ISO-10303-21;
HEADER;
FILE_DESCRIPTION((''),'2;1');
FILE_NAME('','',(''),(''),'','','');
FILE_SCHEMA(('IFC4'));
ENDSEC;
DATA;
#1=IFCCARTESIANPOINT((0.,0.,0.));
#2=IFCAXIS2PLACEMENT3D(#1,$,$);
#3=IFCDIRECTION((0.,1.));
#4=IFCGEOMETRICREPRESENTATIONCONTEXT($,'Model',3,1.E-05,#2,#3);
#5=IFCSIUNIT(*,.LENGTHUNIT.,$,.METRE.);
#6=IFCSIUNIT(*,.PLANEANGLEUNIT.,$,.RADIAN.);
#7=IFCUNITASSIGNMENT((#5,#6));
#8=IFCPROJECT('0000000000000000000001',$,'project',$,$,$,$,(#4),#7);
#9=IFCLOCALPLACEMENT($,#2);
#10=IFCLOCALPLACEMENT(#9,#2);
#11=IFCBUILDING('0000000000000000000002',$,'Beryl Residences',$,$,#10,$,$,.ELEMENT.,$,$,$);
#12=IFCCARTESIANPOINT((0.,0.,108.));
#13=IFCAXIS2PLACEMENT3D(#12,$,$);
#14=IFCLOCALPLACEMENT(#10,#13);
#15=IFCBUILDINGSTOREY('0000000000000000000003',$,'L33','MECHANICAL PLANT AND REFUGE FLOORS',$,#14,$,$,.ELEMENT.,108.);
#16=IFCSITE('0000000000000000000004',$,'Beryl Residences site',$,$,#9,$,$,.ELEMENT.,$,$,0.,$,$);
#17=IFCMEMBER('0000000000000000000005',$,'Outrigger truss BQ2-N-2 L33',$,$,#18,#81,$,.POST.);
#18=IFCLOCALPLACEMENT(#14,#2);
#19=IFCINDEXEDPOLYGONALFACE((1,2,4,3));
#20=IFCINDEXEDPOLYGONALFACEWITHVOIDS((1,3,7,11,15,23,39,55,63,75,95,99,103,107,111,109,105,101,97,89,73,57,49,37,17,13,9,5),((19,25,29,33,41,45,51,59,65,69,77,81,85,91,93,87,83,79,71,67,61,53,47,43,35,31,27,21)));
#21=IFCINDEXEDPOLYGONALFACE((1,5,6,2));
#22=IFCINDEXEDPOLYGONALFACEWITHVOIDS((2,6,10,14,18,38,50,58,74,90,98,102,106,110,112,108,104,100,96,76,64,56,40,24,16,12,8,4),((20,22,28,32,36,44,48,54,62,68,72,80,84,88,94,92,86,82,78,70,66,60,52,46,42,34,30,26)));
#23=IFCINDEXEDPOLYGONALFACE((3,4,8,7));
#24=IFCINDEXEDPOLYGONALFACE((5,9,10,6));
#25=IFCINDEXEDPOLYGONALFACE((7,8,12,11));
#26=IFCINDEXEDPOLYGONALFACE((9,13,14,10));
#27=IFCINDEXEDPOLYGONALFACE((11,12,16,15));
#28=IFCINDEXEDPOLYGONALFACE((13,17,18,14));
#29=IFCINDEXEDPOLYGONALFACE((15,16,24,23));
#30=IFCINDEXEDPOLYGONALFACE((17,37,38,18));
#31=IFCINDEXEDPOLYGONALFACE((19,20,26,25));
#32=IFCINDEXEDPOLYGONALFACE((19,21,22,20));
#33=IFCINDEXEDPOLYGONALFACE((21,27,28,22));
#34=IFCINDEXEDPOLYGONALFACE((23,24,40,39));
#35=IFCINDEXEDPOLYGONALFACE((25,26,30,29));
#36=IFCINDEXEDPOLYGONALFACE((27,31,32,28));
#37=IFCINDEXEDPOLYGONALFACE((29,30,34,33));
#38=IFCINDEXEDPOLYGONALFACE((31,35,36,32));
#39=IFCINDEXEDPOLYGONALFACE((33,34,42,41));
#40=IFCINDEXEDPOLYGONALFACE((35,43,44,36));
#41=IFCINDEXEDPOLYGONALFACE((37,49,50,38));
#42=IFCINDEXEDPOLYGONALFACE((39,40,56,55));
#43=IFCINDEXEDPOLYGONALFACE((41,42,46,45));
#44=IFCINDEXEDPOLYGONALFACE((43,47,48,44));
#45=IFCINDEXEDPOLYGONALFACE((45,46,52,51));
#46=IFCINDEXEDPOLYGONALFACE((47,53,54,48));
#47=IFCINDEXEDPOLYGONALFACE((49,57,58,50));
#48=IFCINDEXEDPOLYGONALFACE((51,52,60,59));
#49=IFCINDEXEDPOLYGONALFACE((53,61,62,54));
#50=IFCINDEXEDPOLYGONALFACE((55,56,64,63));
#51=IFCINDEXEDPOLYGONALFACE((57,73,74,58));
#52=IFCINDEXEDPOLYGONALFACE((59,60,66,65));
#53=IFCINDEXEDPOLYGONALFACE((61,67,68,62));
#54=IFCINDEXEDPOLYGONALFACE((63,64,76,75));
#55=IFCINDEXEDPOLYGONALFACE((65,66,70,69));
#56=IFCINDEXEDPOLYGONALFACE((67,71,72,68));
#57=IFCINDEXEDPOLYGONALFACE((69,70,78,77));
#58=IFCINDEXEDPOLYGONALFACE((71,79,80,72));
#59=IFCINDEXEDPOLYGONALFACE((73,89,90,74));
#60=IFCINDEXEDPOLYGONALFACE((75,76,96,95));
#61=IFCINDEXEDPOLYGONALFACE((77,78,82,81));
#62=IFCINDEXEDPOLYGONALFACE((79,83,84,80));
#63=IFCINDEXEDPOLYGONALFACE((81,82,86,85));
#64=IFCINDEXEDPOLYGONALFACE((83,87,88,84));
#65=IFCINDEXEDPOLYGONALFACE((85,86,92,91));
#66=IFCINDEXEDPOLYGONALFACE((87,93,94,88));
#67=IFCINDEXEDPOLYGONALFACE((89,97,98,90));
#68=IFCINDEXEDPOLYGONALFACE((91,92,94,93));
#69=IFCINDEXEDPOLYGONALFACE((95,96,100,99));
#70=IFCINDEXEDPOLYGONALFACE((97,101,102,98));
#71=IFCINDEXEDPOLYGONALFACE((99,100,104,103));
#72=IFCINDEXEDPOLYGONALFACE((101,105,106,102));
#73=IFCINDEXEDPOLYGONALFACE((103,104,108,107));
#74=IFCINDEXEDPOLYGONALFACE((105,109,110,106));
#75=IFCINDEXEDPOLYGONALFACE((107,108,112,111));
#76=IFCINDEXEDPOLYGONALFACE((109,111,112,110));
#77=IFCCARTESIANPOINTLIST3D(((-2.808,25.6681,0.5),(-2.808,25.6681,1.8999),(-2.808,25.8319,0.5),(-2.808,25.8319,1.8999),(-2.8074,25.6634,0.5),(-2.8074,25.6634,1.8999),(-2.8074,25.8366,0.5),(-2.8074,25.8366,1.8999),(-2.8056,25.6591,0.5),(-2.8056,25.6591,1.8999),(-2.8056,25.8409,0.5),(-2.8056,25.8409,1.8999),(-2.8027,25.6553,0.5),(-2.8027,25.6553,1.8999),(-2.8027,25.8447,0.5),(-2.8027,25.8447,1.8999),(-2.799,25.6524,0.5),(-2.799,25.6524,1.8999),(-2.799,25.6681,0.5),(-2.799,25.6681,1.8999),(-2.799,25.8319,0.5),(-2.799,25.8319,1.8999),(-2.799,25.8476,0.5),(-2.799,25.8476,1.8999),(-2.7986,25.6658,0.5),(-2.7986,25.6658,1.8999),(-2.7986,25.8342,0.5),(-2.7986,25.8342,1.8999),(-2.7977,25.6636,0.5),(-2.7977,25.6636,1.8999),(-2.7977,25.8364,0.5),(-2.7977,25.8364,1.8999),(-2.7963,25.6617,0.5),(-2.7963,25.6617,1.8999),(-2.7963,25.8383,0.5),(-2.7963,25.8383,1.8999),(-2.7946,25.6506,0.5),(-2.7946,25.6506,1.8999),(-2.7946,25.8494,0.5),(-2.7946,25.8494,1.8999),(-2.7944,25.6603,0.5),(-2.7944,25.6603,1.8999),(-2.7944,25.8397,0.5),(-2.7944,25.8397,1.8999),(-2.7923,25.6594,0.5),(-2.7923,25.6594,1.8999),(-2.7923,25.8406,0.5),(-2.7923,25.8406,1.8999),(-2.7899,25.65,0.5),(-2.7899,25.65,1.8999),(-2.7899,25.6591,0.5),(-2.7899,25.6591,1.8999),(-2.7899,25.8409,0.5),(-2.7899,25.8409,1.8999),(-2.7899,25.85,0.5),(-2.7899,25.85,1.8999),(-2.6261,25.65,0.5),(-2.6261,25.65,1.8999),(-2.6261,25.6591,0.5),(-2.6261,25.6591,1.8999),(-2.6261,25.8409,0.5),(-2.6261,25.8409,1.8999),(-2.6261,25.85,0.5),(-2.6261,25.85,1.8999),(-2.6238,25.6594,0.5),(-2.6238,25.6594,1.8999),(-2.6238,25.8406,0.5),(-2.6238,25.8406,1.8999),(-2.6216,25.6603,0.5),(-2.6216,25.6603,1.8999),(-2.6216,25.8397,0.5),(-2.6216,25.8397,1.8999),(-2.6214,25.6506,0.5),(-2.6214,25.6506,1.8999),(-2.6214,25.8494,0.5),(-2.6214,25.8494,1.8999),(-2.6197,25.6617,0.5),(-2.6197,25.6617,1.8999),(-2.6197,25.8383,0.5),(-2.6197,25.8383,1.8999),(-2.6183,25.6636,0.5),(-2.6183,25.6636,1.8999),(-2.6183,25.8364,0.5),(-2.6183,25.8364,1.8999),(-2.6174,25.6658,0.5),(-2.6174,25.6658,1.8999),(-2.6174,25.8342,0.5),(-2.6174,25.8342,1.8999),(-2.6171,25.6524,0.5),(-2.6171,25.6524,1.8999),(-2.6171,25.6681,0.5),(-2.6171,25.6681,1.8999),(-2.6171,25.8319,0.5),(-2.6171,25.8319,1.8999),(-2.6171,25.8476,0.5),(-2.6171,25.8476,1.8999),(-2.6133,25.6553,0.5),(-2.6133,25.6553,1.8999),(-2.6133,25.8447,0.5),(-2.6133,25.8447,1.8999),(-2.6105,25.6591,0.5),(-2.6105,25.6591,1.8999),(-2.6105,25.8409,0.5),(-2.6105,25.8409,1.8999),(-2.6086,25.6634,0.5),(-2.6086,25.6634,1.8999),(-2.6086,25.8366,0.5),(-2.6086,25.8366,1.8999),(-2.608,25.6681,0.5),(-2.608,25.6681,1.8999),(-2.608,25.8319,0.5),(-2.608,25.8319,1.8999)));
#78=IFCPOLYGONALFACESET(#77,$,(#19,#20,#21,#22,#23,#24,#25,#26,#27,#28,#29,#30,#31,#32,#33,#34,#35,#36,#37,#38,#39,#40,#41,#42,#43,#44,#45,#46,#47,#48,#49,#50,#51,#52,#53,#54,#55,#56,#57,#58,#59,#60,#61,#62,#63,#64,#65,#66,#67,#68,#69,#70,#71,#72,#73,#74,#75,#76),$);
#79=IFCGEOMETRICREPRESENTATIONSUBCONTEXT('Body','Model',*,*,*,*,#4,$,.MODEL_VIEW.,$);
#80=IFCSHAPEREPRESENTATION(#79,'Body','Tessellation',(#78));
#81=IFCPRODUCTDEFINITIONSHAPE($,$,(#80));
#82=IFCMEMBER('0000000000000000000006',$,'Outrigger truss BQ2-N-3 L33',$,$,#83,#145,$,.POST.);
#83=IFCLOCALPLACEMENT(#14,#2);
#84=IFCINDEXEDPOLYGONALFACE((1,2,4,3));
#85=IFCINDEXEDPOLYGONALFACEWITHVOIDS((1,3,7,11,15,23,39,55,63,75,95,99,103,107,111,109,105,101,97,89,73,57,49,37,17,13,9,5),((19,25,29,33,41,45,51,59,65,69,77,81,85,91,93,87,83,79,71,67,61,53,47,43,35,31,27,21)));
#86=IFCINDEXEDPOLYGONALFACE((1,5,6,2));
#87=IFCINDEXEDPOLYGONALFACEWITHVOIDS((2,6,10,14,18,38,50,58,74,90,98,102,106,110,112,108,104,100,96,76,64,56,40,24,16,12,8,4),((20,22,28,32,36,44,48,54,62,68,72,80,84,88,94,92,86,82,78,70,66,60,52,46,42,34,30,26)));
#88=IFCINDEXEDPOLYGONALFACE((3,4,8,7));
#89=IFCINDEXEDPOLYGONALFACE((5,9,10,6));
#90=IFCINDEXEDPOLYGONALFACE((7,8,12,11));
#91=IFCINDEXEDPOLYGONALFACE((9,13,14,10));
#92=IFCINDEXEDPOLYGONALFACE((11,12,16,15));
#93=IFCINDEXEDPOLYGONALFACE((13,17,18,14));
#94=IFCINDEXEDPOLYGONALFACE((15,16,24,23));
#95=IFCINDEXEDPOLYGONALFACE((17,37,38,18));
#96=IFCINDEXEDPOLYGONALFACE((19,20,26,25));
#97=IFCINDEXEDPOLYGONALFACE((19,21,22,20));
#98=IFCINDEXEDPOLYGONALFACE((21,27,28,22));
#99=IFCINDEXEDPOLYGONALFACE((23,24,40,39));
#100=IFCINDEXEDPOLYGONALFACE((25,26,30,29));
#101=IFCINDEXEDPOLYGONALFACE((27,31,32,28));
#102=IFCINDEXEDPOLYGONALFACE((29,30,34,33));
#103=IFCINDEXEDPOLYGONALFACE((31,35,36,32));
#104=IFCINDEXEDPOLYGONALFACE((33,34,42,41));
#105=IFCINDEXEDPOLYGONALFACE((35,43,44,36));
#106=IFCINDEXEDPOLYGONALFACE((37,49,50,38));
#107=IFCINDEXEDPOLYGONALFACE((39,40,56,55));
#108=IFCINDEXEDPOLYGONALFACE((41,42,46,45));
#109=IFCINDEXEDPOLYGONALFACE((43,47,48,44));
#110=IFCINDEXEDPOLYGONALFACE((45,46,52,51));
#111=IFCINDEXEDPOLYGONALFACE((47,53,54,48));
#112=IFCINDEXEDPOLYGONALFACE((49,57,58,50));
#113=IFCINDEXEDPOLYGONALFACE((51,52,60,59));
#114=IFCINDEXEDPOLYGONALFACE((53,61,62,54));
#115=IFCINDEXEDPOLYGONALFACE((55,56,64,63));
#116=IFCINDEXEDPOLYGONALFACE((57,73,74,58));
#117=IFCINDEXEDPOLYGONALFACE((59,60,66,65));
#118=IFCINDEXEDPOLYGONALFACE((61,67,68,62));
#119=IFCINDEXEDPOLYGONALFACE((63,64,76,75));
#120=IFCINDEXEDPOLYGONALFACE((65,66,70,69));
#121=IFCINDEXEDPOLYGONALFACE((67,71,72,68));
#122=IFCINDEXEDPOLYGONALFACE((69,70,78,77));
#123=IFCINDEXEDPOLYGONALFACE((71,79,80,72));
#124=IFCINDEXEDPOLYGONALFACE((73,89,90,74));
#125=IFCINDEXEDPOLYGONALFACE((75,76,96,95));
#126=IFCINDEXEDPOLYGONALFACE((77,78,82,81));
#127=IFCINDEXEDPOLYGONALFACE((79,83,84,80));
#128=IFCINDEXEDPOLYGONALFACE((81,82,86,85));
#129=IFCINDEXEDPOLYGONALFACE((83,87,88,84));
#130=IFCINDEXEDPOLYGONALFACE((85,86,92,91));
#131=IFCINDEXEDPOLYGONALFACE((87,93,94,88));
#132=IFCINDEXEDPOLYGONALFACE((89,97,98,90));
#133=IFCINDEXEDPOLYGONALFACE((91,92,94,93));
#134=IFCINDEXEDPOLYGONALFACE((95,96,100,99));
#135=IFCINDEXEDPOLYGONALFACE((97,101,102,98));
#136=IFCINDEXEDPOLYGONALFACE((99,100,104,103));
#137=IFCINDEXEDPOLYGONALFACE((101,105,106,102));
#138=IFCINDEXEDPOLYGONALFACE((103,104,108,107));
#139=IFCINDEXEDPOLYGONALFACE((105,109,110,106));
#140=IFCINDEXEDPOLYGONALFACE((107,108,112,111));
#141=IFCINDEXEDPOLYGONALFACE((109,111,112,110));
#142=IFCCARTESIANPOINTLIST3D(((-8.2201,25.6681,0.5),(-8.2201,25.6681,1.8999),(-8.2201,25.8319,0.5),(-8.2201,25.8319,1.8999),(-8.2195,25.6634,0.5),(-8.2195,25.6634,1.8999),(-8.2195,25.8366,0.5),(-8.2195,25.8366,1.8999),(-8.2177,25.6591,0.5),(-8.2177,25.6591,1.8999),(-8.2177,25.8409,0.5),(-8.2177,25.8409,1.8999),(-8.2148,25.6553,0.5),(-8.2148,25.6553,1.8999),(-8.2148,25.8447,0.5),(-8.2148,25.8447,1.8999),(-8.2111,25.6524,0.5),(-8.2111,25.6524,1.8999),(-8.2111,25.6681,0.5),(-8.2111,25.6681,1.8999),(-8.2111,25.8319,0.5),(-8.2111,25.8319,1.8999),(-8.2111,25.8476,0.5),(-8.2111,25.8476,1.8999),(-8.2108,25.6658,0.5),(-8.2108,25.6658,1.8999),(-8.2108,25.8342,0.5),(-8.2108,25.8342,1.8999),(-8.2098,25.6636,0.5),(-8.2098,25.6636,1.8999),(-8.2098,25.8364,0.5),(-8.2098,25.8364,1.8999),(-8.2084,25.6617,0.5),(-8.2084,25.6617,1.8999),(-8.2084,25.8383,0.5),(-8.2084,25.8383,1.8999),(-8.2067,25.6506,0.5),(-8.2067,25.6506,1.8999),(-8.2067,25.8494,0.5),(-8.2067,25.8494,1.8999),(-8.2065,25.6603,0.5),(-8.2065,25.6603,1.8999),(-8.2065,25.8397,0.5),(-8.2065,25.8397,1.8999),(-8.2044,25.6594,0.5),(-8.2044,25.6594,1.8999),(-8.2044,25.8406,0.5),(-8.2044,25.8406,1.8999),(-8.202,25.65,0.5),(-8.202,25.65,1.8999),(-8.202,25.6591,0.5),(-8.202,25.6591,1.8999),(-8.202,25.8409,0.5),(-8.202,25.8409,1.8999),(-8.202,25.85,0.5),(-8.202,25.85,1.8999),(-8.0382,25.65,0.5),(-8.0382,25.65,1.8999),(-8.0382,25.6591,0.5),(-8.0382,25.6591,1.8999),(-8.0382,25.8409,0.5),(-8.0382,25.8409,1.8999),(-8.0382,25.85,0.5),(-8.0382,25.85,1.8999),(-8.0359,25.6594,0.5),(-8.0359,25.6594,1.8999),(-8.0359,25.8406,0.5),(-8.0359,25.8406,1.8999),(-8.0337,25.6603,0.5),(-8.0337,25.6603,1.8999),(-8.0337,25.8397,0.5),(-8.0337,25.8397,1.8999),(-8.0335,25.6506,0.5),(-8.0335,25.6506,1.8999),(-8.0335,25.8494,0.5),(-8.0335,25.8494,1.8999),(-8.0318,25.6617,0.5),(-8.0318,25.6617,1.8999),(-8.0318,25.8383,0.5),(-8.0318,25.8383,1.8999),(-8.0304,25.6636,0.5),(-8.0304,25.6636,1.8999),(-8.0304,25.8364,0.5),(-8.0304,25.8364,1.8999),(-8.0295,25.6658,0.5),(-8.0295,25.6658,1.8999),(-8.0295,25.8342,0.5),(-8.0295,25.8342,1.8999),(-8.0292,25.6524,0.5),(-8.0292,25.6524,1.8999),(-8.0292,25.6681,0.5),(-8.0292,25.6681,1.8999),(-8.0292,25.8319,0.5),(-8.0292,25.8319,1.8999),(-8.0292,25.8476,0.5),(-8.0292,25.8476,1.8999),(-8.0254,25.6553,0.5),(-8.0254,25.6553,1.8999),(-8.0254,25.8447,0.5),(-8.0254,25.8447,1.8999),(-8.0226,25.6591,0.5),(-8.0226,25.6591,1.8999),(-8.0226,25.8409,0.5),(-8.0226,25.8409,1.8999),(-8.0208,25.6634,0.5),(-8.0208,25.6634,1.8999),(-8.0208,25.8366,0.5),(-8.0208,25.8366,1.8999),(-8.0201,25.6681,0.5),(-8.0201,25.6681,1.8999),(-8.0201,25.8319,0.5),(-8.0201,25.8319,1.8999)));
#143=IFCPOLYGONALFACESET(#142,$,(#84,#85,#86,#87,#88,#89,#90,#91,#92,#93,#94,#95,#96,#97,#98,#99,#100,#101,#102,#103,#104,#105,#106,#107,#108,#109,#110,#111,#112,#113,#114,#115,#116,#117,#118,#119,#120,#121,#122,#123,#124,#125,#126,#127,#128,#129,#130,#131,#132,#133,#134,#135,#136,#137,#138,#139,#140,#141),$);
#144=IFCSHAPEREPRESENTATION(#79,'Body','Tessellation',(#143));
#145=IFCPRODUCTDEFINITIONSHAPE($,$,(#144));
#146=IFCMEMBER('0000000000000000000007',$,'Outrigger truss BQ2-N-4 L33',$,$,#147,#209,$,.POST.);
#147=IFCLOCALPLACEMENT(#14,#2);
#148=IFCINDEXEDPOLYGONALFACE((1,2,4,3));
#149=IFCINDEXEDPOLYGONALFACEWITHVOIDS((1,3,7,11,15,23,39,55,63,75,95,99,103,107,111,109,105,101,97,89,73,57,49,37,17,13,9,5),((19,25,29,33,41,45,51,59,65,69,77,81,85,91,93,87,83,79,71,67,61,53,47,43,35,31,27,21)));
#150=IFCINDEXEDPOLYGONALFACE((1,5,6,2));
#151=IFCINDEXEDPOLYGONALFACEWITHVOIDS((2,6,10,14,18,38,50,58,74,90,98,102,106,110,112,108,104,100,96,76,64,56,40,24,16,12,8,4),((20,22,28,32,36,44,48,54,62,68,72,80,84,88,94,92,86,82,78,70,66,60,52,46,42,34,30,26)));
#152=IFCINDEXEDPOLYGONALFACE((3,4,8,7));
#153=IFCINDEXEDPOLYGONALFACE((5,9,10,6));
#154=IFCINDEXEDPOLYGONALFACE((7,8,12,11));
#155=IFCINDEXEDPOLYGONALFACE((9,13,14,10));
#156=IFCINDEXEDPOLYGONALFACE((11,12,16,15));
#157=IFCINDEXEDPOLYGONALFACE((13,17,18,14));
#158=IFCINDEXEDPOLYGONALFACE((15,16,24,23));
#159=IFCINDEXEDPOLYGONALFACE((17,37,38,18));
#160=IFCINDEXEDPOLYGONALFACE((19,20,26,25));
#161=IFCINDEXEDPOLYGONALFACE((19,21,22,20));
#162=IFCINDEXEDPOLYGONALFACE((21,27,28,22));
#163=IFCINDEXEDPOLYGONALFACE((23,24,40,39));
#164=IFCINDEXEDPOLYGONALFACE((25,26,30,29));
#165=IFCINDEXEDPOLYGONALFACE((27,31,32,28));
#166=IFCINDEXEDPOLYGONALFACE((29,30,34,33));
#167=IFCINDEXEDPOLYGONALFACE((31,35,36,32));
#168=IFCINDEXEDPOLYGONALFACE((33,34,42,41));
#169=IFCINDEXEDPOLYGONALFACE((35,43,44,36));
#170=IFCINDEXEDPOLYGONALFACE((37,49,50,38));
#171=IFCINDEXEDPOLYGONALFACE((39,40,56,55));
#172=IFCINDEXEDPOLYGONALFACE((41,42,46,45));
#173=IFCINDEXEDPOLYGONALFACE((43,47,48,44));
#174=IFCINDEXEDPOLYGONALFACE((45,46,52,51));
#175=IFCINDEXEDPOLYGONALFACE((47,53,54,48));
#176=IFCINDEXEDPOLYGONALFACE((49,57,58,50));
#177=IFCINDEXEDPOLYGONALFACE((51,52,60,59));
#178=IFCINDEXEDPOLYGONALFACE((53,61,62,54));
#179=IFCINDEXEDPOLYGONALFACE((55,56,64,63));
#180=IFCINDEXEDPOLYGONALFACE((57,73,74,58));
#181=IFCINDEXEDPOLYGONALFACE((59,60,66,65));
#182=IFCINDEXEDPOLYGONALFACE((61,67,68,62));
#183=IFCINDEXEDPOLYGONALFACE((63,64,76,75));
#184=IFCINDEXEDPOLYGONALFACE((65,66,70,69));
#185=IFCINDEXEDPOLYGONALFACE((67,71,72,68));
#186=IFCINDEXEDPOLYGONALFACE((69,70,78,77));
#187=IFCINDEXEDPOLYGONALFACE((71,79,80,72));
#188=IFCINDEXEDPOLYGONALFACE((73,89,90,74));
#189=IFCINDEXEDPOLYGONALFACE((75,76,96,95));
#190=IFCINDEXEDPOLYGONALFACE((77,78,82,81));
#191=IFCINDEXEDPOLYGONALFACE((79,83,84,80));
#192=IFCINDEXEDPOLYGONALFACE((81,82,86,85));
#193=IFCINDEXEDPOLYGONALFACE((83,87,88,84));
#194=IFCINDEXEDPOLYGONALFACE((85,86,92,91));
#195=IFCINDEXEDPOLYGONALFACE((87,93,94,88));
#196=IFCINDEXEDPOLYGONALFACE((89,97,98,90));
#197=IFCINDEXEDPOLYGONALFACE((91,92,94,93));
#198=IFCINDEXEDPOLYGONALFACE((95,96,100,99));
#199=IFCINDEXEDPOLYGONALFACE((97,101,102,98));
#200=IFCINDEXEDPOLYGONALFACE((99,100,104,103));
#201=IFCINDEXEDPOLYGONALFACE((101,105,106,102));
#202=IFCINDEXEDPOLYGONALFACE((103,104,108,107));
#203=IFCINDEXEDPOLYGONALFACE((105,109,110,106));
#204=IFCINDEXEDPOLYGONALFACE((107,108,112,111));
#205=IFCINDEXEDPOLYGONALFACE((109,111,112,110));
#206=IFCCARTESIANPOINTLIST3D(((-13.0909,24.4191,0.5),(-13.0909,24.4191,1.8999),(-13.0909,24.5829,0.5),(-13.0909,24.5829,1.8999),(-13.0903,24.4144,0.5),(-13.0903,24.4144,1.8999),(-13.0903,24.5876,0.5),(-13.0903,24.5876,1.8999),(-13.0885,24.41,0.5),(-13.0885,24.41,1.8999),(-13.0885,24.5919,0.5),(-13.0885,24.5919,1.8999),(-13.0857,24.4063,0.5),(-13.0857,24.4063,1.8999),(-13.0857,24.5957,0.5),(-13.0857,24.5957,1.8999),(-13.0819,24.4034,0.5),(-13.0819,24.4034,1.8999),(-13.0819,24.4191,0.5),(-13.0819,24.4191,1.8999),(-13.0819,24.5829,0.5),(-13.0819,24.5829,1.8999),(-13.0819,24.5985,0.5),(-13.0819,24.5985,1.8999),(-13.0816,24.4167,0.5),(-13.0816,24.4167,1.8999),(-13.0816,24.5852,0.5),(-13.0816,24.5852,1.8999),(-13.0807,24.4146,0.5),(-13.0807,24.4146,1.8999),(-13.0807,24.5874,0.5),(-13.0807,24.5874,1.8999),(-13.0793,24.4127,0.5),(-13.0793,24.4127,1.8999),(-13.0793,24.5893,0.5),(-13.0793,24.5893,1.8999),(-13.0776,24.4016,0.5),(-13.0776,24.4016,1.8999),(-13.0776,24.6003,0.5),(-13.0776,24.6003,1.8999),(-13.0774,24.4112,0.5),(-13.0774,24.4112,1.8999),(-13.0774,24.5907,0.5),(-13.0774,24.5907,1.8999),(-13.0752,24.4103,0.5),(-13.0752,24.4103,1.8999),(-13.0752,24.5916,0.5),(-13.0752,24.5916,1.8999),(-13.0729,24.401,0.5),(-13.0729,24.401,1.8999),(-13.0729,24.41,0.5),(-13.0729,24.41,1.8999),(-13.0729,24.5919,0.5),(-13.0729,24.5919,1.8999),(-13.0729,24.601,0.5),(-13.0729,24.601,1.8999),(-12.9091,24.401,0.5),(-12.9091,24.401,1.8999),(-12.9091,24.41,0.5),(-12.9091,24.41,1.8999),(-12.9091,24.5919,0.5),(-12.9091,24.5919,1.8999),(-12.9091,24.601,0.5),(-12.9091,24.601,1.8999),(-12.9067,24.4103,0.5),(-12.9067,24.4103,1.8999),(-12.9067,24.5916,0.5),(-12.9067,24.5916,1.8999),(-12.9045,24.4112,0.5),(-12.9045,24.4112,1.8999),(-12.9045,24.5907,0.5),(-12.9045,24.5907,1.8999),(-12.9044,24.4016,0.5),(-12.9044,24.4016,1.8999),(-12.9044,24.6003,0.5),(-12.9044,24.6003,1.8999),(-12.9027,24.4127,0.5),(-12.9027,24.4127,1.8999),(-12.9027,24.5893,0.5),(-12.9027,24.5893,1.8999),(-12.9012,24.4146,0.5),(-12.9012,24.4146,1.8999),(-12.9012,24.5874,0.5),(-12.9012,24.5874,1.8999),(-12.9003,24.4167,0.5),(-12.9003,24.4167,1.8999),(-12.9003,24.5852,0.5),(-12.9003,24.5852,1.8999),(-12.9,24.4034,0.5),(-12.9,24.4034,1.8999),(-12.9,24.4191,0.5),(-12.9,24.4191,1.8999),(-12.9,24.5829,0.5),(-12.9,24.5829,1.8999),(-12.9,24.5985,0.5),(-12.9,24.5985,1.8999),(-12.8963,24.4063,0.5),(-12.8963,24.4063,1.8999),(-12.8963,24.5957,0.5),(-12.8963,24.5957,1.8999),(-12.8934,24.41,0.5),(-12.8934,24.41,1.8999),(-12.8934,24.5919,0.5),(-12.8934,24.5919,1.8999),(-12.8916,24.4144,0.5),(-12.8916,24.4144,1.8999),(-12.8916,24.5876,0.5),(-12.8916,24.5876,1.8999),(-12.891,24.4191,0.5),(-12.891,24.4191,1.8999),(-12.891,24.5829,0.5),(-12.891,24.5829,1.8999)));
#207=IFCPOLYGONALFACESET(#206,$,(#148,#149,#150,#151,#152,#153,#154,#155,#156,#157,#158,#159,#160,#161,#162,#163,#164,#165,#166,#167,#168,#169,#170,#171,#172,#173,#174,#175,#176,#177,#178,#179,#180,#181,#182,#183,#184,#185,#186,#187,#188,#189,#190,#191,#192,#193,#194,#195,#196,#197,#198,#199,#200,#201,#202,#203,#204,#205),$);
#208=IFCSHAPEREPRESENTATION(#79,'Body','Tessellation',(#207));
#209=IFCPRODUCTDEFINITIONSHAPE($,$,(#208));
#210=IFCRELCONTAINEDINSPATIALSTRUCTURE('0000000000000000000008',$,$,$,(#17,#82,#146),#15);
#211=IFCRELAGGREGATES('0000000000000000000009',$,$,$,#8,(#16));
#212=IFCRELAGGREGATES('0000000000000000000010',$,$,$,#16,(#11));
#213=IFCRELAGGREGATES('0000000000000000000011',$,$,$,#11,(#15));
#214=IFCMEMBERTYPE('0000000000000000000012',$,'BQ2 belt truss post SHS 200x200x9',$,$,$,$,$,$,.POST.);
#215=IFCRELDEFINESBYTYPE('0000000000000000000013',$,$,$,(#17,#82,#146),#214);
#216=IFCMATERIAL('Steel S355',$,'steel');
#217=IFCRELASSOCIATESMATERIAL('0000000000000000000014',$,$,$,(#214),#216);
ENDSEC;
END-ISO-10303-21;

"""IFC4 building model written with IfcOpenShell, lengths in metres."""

from ifc_helpers import new_model, si_unit, direction, frame, origin, origin_2d, place, context, subcontext, project, spatial, hollow_rectangle, extrude, material, material_profile, profile_set, type_object, element, save


model = new_model("IFC4")

# Units and contexts
model_context = context("Model", 3, precision=1e-05, world=origin(), true_north=direction((0.0, 1.0)))
body_context = subcontext(model_context, "Body", "Model", "MODEL_VIEW")
ifc_project = project(units=[si_unit("LENGTHUNIT", "METRE"), si_unit("PLANEANGLEUNIT", "RADIAN")], contexts=[model_context])

# Site, building, storey
site_placement = place(None, origin())
site = spatial("IfcSite", under=ifc_project, at=site_placement, Name="Beryl Residences site", CompositionType="ELEMENT", RefElevation=0.0)
building_placement = place(site_placement, origin())
building = spatial("IfcBuilding", under=site, at=building_placement, Name="Beryl Residences", CompositionType="ELEMENT")
storey_placement = place(building_placement, frame((0.0, 0.0, 108.0)))
storey = spatial("IfcBuildingStorey", under=building, at=storey_placement, Name="L33", Description="MECHANICAL PLANT AND REFUGE FLOORS", CompositionType="ELEMENT", Elevation=108.0)

# Members
ifc_material_1 = material(Name="Steel S355", Category="steel")
ifc_material_profile_1 = material_profile(ifc_material_1, hollow_rectangle(XDim=0.2, YDim=0.2, WallThickness=0.009, InnerFilletRadius=0.009, OuterFilletRadius=0.0181, at=origin_2d()))
ifc_profile_set_1 = profile_set([ifc_material_profile_1], Name="Steel S355")
member_type_1 = type_object("IfcMemberType", Name="BQ2 belt truss post SHS 200x200x9", PredefinedType="POST", material=ifc_profile_set_1)
for number, where, z_axis, x_axis, name in (
    (1, (-2.708, 25.75, 0.5), (0.0, 0.0, 1.0), (1.0, 0.0, 0.0), "Outrigger truss BQ2-N-2 L33"),
    (2, (-8.1201, 25.75, 0.5), (0.0, 0.0, 1.0), (1.0, 0.0, 0.0), "Outrigger truss BQ2-N-3 L33"),
    (3, (-12.991, 24.501, 0.5), (0.0, 0.0, 1.0), (1.0, 0.0, 0.0), "Outrigger truss BQ2-N-4 L33"),
):
    element("IfcMember", number, at=place(storey_placement, frame(where, z_axis=z_axis, x_axis=x_axis)), inside=storey, type_object=member_type_1, Name=name, PredefinedType="POST", context=body_context, shape_type="SweptSolid", body=[
        extrude(hollow_rectangle(XDim=0.2, YDim=0.2, WallThickness=0.009, InnerFilletRadius=0.009, OuterFilletRadius=0.0181, at=origin_2d()), origin(), (0.0, 0.0, 1.0), 1.3999),
    ])

save(model, "model.ifc")
